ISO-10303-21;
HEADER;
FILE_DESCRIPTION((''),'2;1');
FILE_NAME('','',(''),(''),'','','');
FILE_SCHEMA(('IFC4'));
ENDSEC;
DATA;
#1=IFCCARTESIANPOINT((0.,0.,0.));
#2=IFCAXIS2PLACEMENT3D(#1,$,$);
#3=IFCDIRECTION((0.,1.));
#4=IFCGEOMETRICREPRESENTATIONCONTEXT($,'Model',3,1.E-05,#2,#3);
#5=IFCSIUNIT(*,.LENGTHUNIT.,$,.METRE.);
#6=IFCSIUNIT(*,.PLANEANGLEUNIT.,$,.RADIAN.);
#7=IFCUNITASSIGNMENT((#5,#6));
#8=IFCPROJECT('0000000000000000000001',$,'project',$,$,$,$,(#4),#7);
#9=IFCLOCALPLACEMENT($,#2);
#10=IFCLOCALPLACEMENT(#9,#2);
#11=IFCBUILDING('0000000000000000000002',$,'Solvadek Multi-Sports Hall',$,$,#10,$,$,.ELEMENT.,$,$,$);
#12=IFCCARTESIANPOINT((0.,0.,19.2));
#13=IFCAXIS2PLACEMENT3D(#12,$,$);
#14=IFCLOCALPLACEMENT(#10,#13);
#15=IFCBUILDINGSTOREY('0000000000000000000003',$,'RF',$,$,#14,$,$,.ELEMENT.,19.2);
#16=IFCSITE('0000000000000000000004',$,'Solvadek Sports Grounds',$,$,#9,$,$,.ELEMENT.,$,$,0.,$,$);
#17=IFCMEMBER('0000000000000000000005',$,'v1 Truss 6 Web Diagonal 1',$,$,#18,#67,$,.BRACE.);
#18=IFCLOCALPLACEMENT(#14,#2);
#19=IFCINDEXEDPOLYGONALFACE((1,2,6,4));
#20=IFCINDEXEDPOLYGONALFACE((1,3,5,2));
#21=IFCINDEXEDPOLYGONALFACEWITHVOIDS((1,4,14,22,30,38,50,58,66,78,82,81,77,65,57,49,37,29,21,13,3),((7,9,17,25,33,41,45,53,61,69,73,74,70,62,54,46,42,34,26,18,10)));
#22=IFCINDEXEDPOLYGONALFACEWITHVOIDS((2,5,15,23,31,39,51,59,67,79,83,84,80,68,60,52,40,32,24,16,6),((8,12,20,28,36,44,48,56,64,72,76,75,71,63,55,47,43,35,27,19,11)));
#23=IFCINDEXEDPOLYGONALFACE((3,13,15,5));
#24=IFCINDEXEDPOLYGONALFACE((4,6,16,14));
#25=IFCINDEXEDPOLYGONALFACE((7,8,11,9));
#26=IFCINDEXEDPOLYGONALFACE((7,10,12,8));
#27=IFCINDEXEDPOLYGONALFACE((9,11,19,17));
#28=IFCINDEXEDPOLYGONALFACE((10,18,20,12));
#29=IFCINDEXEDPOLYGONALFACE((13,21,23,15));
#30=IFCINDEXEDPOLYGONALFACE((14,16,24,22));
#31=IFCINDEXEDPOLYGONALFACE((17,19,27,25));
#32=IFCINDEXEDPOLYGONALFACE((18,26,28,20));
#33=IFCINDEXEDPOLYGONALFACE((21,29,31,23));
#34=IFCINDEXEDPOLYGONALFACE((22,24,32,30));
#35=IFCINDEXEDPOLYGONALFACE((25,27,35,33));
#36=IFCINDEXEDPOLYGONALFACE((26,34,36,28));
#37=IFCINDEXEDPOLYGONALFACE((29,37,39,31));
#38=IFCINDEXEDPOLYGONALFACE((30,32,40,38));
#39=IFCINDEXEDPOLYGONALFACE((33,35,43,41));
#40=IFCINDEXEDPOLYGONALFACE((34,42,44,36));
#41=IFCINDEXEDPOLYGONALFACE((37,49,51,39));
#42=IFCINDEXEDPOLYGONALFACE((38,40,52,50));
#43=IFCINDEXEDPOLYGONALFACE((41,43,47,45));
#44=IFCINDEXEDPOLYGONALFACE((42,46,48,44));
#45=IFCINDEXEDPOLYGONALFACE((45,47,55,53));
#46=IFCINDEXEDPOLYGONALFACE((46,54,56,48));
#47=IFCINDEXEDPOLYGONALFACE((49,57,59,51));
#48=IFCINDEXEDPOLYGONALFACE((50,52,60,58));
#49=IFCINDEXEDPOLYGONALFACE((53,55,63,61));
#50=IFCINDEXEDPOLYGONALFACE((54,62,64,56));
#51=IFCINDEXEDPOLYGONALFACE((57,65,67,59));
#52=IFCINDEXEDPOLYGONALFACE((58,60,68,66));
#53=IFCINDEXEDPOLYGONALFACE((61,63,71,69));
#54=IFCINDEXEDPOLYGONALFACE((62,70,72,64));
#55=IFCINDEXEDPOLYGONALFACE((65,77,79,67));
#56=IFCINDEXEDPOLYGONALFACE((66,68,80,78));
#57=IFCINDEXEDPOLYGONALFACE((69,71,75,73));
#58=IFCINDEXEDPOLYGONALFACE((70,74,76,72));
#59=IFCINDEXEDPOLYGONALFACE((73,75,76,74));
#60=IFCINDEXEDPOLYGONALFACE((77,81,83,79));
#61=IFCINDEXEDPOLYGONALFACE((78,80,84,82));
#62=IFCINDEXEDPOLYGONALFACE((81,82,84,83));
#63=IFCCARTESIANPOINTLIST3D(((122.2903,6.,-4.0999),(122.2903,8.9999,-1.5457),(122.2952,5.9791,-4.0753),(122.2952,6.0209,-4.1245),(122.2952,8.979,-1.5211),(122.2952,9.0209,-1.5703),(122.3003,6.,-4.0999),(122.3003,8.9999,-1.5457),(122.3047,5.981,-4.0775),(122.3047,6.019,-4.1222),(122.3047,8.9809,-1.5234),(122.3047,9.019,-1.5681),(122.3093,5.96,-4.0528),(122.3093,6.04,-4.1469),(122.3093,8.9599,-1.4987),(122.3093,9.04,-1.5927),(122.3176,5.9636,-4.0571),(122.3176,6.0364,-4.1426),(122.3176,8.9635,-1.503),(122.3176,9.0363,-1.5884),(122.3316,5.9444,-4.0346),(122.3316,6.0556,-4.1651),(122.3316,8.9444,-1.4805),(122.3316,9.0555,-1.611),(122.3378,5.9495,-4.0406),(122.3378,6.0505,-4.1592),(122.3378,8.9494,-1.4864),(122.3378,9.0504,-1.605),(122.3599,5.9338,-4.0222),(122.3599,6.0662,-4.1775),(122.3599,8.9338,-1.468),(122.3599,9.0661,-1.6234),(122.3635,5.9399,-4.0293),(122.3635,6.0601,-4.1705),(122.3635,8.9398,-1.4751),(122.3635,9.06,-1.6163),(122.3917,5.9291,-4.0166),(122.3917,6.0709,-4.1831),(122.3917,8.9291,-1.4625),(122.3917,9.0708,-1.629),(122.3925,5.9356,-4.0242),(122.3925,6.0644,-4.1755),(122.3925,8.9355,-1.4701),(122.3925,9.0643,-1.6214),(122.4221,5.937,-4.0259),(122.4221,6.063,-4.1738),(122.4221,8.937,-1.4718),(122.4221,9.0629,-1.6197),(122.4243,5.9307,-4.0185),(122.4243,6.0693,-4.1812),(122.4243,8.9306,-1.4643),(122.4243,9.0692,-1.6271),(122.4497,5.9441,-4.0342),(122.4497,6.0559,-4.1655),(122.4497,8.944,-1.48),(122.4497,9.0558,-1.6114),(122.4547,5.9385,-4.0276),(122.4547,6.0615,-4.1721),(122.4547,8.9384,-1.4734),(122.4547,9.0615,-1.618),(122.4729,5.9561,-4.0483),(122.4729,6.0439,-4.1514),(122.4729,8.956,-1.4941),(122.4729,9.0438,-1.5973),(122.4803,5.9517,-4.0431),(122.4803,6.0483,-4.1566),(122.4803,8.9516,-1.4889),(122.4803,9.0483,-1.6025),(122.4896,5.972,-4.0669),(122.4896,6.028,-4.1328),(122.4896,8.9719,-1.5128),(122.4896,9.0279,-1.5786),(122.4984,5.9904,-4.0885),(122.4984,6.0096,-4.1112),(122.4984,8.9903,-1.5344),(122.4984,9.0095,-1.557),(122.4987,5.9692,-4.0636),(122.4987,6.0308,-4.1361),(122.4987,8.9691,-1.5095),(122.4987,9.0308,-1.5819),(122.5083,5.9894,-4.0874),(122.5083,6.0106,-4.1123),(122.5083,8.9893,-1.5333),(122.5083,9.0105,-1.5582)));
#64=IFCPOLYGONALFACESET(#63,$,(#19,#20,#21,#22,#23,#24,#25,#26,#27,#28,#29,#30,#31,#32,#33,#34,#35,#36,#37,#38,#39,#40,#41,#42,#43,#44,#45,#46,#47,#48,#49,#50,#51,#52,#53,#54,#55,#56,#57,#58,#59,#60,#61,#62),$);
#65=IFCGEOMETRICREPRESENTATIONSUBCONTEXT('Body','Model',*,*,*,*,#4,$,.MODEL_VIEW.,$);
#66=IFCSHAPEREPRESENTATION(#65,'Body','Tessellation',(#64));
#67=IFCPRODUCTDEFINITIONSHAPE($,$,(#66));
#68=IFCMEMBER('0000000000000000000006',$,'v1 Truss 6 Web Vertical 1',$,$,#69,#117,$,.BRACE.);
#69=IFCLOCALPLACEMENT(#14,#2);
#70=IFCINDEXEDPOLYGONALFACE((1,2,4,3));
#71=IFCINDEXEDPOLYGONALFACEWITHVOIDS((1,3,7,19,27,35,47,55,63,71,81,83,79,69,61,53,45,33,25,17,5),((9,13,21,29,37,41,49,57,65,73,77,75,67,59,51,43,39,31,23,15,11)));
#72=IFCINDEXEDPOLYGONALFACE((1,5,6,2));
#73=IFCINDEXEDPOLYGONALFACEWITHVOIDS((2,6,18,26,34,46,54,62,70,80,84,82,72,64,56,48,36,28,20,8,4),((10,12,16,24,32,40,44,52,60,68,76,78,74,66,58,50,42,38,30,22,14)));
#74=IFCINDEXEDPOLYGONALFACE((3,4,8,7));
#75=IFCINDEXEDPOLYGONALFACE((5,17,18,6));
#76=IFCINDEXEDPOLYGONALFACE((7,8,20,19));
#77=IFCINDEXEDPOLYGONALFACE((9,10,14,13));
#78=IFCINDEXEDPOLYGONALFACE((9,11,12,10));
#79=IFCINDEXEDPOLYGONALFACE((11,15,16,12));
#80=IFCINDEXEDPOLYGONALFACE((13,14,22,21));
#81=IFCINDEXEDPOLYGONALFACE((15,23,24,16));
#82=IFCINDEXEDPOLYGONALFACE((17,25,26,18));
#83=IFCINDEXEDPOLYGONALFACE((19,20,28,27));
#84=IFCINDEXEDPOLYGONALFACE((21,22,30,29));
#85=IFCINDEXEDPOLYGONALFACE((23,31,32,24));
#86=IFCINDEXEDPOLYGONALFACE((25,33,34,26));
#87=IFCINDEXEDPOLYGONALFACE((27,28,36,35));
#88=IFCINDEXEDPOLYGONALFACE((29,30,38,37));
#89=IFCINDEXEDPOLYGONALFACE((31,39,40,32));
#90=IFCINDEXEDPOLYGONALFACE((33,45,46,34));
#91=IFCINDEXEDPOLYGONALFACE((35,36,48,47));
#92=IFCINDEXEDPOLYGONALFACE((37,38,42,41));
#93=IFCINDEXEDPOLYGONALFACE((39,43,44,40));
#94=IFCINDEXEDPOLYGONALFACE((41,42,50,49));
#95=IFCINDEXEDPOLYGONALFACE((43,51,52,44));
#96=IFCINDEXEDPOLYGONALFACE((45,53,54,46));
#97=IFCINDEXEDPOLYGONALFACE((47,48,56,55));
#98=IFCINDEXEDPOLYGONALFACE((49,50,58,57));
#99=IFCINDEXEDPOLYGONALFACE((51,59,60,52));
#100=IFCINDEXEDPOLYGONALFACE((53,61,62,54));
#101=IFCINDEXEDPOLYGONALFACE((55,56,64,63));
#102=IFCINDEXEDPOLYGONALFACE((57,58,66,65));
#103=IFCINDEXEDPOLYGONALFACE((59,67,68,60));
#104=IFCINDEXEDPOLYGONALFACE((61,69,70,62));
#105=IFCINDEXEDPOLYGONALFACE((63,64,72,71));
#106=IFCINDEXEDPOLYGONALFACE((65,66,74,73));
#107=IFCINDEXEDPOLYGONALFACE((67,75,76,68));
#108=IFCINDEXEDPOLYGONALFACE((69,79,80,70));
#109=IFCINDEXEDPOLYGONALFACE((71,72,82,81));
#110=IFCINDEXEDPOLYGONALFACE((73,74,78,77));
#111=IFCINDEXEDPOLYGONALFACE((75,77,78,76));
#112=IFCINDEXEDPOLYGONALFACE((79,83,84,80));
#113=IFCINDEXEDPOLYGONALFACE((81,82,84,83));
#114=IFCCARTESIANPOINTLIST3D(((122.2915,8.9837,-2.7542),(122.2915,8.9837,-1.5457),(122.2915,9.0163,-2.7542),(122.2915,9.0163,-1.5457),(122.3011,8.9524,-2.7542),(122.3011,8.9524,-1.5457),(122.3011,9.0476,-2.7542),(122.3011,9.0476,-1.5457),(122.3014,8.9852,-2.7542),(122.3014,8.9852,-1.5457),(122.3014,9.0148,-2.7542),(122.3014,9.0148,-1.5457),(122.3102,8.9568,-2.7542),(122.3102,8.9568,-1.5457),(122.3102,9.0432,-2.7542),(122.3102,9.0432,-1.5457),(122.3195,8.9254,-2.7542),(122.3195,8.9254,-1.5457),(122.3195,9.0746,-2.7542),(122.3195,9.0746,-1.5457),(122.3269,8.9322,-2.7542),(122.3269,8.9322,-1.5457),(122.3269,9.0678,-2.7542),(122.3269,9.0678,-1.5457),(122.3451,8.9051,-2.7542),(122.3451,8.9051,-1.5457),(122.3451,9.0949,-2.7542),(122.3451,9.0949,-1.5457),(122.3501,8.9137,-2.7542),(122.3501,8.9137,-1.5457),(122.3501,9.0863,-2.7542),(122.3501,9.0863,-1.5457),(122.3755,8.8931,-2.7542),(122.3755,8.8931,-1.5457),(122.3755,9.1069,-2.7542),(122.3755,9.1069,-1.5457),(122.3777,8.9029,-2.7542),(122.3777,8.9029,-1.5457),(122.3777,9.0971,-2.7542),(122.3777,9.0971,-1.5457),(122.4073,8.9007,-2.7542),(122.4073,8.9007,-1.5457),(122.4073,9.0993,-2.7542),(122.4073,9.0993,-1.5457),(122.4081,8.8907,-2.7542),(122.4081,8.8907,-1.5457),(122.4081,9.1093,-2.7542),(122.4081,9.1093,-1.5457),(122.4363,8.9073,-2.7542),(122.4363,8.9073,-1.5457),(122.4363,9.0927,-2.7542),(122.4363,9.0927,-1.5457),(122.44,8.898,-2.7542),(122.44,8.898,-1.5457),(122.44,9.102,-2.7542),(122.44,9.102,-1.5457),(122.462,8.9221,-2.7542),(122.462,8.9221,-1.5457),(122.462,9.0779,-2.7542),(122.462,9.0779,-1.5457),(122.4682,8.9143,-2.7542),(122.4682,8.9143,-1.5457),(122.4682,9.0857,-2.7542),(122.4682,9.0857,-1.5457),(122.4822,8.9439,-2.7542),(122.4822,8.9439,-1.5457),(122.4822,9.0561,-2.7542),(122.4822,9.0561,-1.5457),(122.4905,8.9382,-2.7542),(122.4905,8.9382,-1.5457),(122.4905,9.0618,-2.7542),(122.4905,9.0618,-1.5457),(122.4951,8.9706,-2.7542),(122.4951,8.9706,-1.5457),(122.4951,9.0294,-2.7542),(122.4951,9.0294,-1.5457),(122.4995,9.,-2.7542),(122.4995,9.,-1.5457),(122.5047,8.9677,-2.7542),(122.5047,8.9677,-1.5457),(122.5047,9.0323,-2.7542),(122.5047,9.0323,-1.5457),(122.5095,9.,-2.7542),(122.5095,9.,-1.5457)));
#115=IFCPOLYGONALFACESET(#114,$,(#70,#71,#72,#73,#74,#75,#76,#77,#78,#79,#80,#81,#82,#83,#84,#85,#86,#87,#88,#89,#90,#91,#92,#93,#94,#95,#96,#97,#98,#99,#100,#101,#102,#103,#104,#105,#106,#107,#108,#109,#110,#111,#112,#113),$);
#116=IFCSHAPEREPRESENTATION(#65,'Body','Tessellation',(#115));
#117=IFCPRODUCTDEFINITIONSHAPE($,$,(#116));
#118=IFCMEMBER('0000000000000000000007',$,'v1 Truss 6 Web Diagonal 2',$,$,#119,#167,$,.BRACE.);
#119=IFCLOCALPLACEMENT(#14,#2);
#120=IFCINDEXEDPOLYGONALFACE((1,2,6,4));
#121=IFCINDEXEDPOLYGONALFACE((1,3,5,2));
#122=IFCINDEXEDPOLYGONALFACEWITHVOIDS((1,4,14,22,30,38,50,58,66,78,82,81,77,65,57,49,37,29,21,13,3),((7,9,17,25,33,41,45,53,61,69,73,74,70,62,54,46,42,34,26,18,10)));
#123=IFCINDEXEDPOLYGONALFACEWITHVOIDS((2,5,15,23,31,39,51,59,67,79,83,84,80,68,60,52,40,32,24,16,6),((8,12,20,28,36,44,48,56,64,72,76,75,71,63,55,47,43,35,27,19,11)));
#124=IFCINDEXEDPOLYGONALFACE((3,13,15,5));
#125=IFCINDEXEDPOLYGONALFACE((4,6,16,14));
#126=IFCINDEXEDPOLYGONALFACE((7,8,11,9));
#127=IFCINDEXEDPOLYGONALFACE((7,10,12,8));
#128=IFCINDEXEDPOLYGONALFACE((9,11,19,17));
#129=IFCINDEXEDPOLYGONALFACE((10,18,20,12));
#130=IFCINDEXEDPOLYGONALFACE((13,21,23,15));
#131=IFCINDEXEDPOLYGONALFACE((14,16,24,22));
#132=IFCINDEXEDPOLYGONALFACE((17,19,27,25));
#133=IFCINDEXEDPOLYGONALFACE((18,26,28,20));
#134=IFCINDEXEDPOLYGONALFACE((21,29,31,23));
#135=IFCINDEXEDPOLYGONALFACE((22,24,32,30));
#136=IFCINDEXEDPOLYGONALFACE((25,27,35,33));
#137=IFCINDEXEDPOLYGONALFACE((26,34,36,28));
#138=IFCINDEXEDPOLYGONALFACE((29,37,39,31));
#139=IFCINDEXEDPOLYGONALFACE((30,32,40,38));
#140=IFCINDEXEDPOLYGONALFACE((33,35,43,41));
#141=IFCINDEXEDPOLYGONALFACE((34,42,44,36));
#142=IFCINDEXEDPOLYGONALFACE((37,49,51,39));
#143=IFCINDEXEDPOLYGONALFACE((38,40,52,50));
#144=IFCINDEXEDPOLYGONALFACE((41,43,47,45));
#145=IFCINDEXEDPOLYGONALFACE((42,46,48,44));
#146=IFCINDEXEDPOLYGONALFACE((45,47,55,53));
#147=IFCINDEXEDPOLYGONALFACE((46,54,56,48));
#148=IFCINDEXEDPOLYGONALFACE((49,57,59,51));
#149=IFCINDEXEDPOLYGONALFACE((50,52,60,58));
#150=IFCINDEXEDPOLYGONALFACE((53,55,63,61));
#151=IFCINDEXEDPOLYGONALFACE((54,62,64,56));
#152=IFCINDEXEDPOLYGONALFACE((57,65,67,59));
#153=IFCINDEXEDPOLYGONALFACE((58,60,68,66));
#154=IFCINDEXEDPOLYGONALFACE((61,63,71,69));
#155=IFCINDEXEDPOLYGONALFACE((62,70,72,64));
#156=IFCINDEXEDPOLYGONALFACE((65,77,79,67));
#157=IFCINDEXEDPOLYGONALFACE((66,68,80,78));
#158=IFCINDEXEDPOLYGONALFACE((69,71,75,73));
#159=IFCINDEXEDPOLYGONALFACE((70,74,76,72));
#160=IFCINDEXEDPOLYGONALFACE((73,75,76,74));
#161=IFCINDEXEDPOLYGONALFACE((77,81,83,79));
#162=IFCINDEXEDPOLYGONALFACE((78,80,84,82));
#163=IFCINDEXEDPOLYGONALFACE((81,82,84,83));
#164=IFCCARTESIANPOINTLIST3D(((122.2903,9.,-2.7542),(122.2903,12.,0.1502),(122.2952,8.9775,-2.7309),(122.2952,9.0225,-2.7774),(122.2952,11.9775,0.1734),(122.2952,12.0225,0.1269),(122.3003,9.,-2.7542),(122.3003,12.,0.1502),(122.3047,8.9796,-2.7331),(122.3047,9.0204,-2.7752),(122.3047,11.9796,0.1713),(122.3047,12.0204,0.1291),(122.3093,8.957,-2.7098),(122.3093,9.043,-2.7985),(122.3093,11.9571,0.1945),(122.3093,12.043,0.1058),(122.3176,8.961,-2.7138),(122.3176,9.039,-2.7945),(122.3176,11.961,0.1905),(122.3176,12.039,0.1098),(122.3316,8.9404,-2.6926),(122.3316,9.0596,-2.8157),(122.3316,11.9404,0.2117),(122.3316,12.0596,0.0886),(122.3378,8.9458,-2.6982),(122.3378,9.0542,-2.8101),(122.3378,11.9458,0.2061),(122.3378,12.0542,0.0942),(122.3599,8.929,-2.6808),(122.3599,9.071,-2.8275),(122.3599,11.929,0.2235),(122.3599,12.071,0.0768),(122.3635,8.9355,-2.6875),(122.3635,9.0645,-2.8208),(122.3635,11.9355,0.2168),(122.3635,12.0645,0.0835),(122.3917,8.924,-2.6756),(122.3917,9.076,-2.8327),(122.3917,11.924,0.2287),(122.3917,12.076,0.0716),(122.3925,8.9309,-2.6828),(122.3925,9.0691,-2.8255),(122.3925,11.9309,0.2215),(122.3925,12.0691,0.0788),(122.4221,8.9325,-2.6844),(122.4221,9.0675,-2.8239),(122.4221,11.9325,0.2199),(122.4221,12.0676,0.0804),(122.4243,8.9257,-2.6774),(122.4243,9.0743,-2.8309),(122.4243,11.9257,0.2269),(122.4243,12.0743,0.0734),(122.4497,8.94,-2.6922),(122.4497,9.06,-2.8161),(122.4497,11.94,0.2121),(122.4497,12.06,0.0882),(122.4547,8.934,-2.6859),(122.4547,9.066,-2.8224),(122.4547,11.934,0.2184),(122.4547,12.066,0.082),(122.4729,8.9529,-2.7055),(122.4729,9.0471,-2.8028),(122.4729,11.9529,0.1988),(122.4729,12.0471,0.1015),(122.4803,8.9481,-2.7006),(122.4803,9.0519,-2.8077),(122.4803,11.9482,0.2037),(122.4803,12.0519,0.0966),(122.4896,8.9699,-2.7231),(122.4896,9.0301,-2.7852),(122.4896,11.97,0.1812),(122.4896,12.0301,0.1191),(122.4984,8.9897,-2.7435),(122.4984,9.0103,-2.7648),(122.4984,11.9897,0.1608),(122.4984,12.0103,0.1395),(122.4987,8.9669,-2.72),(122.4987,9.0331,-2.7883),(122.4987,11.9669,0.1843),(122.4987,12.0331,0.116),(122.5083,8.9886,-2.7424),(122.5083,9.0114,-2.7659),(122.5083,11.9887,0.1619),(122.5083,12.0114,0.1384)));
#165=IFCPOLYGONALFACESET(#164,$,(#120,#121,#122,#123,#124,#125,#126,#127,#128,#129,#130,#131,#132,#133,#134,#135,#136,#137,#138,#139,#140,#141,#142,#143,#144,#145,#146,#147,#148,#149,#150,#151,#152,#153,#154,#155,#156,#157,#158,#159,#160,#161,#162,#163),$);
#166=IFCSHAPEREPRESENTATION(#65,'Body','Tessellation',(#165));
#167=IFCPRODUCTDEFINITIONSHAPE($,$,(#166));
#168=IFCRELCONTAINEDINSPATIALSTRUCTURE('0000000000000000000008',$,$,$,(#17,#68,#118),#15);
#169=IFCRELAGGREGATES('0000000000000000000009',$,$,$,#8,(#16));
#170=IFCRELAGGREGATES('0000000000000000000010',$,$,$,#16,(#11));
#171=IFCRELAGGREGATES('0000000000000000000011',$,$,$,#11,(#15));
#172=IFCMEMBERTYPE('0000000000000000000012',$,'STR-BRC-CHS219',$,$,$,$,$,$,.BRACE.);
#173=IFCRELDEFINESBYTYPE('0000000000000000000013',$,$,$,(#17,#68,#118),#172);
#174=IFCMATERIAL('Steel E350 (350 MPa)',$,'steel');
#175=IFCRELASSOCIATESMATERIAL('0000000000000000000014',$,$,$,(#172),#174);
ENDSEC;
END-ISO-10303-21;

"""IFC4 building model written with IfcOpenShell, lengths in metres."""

from ifc_helpers import new_model, si_unit, direction, frame, origin, origin_2d, place, context, subcontext, project, spatial, hollow_circle, extrude, material, material_profile, profile_set, type_object, element, save


model = new_model("IFC4")

# Units and contexts
model_context = context("Model", 3, precision=1e-05, world=origin(), true_north=direction((0.0, 1.0)))
body_context = subcontext(model_context, "Body", "Model", "MODEL_VIEW")
ifc_project = project(units=[si_unit("LENGTHUNIT", "METRE"), si_unit("PLANEANGLEUNIT", "RADIAN")], contexts=[model_context])

# Site, building, storey
site_placement = place(None, origin())
site = spatial("IfcSite", under=ifc_project, at=site_placement, Name="Solvadek Sports Grounds", CompositionType="ELEMENT", RefElevation=0.0)
building_placement = place(site_placement, origin())
building = spatial("IfcBuilding", under=site, at=building_placement, Name="Solvadek Multi-Sports Hall", CompositionType="ELEMENT")
storey_placement = place(building_placement, frame((0.0, 0.0, 19.2)))
storey = spatial("IfcBuildingStorey", under=building, at=storey_placement, Name="RF", CompositionType="ELEMENT", Elevation=19.2)

# Shared definitions
ifc_material_1 = material(Name="Steel E350 (350 MPa)", Category="steel")

# Members
ifc_material_profile_1 = material_profile(ifc_material_1, hollow_circle(Radius=0.1096, WallThickness=0.01, at=origin_2d()), Name="CHS 219.1x10")
ifc_profile_set_1 = profile_set([ifc_material_profile_1], Name="Steel E350 (350 MPa)")
member_type_1 = type_object("IfcMemberType", Name="STR-BRC-CHS219", PredefinedType="BRACE", material=ifc_profile_set_1)
member_1_placement = place(storey_placement, frame((122.3999, 6.0, -4.0999), z_axis=(0.0, 0.761413, 0.648267), x_axis=(-1.0, 0.0, 0.0)))
element("IfcMember", 1, at=member_1_placement, inside=storey, type_object=member_type_1, Name="v1 Truss 6 Web Diagonal 1", PredefinedType="BRACE", context=body_context, shape_type="SweptSolid", body=[
    extrude(hollow_circle(Radius=0.1096, WallThickness=0.01, at=origin_2d()), origin(), (0.0, 0.0, 1.0), 3.9399),
])
member_2_placement = place(storey_placement, frame((122.3999, 9.0, -2.7542), z_axis=(0.0, 0.0, 1.0), x_axis=(1.0, 0.0, 0.0)))
element("IfcMember", 2, at=member_2_placement, inside=storey, type_object=member_type_1, Name="v1 Truss 6 Web Vertical 1", PredefinedType="BRACE", context=body_context, shape_type="SweptSolid", body=[
    extrude(hollow_circle(Radius=0.1096, WallThickness=0.01, at=origin_2d()), origin(), (0.0, 0.0, 1.0), 1.2085),
])
member_3_placement = place(storey_placement, frame((122.3999, 9.0, -2.7542), z_axis=(0.0, 0.718474, 0.695554), x_axis=(-1.0, 0.0, 0.0)))
element("IfcMember", 3, at=member_3_placement, inside=storey, type_object=member_type_1, Name="v1 Truss 6 Web Diagonal 2", PredefinedType="BRACE", context=body_context, shape_type="SweptSolid", body=[
    extrude(hollow_circle(Radius=0.1096, WallThickness=0.01, at=origin_2d()), origin(), (0.0, 0.0, 1.0), 4.1755),
])

save(model, "model.ifc")
